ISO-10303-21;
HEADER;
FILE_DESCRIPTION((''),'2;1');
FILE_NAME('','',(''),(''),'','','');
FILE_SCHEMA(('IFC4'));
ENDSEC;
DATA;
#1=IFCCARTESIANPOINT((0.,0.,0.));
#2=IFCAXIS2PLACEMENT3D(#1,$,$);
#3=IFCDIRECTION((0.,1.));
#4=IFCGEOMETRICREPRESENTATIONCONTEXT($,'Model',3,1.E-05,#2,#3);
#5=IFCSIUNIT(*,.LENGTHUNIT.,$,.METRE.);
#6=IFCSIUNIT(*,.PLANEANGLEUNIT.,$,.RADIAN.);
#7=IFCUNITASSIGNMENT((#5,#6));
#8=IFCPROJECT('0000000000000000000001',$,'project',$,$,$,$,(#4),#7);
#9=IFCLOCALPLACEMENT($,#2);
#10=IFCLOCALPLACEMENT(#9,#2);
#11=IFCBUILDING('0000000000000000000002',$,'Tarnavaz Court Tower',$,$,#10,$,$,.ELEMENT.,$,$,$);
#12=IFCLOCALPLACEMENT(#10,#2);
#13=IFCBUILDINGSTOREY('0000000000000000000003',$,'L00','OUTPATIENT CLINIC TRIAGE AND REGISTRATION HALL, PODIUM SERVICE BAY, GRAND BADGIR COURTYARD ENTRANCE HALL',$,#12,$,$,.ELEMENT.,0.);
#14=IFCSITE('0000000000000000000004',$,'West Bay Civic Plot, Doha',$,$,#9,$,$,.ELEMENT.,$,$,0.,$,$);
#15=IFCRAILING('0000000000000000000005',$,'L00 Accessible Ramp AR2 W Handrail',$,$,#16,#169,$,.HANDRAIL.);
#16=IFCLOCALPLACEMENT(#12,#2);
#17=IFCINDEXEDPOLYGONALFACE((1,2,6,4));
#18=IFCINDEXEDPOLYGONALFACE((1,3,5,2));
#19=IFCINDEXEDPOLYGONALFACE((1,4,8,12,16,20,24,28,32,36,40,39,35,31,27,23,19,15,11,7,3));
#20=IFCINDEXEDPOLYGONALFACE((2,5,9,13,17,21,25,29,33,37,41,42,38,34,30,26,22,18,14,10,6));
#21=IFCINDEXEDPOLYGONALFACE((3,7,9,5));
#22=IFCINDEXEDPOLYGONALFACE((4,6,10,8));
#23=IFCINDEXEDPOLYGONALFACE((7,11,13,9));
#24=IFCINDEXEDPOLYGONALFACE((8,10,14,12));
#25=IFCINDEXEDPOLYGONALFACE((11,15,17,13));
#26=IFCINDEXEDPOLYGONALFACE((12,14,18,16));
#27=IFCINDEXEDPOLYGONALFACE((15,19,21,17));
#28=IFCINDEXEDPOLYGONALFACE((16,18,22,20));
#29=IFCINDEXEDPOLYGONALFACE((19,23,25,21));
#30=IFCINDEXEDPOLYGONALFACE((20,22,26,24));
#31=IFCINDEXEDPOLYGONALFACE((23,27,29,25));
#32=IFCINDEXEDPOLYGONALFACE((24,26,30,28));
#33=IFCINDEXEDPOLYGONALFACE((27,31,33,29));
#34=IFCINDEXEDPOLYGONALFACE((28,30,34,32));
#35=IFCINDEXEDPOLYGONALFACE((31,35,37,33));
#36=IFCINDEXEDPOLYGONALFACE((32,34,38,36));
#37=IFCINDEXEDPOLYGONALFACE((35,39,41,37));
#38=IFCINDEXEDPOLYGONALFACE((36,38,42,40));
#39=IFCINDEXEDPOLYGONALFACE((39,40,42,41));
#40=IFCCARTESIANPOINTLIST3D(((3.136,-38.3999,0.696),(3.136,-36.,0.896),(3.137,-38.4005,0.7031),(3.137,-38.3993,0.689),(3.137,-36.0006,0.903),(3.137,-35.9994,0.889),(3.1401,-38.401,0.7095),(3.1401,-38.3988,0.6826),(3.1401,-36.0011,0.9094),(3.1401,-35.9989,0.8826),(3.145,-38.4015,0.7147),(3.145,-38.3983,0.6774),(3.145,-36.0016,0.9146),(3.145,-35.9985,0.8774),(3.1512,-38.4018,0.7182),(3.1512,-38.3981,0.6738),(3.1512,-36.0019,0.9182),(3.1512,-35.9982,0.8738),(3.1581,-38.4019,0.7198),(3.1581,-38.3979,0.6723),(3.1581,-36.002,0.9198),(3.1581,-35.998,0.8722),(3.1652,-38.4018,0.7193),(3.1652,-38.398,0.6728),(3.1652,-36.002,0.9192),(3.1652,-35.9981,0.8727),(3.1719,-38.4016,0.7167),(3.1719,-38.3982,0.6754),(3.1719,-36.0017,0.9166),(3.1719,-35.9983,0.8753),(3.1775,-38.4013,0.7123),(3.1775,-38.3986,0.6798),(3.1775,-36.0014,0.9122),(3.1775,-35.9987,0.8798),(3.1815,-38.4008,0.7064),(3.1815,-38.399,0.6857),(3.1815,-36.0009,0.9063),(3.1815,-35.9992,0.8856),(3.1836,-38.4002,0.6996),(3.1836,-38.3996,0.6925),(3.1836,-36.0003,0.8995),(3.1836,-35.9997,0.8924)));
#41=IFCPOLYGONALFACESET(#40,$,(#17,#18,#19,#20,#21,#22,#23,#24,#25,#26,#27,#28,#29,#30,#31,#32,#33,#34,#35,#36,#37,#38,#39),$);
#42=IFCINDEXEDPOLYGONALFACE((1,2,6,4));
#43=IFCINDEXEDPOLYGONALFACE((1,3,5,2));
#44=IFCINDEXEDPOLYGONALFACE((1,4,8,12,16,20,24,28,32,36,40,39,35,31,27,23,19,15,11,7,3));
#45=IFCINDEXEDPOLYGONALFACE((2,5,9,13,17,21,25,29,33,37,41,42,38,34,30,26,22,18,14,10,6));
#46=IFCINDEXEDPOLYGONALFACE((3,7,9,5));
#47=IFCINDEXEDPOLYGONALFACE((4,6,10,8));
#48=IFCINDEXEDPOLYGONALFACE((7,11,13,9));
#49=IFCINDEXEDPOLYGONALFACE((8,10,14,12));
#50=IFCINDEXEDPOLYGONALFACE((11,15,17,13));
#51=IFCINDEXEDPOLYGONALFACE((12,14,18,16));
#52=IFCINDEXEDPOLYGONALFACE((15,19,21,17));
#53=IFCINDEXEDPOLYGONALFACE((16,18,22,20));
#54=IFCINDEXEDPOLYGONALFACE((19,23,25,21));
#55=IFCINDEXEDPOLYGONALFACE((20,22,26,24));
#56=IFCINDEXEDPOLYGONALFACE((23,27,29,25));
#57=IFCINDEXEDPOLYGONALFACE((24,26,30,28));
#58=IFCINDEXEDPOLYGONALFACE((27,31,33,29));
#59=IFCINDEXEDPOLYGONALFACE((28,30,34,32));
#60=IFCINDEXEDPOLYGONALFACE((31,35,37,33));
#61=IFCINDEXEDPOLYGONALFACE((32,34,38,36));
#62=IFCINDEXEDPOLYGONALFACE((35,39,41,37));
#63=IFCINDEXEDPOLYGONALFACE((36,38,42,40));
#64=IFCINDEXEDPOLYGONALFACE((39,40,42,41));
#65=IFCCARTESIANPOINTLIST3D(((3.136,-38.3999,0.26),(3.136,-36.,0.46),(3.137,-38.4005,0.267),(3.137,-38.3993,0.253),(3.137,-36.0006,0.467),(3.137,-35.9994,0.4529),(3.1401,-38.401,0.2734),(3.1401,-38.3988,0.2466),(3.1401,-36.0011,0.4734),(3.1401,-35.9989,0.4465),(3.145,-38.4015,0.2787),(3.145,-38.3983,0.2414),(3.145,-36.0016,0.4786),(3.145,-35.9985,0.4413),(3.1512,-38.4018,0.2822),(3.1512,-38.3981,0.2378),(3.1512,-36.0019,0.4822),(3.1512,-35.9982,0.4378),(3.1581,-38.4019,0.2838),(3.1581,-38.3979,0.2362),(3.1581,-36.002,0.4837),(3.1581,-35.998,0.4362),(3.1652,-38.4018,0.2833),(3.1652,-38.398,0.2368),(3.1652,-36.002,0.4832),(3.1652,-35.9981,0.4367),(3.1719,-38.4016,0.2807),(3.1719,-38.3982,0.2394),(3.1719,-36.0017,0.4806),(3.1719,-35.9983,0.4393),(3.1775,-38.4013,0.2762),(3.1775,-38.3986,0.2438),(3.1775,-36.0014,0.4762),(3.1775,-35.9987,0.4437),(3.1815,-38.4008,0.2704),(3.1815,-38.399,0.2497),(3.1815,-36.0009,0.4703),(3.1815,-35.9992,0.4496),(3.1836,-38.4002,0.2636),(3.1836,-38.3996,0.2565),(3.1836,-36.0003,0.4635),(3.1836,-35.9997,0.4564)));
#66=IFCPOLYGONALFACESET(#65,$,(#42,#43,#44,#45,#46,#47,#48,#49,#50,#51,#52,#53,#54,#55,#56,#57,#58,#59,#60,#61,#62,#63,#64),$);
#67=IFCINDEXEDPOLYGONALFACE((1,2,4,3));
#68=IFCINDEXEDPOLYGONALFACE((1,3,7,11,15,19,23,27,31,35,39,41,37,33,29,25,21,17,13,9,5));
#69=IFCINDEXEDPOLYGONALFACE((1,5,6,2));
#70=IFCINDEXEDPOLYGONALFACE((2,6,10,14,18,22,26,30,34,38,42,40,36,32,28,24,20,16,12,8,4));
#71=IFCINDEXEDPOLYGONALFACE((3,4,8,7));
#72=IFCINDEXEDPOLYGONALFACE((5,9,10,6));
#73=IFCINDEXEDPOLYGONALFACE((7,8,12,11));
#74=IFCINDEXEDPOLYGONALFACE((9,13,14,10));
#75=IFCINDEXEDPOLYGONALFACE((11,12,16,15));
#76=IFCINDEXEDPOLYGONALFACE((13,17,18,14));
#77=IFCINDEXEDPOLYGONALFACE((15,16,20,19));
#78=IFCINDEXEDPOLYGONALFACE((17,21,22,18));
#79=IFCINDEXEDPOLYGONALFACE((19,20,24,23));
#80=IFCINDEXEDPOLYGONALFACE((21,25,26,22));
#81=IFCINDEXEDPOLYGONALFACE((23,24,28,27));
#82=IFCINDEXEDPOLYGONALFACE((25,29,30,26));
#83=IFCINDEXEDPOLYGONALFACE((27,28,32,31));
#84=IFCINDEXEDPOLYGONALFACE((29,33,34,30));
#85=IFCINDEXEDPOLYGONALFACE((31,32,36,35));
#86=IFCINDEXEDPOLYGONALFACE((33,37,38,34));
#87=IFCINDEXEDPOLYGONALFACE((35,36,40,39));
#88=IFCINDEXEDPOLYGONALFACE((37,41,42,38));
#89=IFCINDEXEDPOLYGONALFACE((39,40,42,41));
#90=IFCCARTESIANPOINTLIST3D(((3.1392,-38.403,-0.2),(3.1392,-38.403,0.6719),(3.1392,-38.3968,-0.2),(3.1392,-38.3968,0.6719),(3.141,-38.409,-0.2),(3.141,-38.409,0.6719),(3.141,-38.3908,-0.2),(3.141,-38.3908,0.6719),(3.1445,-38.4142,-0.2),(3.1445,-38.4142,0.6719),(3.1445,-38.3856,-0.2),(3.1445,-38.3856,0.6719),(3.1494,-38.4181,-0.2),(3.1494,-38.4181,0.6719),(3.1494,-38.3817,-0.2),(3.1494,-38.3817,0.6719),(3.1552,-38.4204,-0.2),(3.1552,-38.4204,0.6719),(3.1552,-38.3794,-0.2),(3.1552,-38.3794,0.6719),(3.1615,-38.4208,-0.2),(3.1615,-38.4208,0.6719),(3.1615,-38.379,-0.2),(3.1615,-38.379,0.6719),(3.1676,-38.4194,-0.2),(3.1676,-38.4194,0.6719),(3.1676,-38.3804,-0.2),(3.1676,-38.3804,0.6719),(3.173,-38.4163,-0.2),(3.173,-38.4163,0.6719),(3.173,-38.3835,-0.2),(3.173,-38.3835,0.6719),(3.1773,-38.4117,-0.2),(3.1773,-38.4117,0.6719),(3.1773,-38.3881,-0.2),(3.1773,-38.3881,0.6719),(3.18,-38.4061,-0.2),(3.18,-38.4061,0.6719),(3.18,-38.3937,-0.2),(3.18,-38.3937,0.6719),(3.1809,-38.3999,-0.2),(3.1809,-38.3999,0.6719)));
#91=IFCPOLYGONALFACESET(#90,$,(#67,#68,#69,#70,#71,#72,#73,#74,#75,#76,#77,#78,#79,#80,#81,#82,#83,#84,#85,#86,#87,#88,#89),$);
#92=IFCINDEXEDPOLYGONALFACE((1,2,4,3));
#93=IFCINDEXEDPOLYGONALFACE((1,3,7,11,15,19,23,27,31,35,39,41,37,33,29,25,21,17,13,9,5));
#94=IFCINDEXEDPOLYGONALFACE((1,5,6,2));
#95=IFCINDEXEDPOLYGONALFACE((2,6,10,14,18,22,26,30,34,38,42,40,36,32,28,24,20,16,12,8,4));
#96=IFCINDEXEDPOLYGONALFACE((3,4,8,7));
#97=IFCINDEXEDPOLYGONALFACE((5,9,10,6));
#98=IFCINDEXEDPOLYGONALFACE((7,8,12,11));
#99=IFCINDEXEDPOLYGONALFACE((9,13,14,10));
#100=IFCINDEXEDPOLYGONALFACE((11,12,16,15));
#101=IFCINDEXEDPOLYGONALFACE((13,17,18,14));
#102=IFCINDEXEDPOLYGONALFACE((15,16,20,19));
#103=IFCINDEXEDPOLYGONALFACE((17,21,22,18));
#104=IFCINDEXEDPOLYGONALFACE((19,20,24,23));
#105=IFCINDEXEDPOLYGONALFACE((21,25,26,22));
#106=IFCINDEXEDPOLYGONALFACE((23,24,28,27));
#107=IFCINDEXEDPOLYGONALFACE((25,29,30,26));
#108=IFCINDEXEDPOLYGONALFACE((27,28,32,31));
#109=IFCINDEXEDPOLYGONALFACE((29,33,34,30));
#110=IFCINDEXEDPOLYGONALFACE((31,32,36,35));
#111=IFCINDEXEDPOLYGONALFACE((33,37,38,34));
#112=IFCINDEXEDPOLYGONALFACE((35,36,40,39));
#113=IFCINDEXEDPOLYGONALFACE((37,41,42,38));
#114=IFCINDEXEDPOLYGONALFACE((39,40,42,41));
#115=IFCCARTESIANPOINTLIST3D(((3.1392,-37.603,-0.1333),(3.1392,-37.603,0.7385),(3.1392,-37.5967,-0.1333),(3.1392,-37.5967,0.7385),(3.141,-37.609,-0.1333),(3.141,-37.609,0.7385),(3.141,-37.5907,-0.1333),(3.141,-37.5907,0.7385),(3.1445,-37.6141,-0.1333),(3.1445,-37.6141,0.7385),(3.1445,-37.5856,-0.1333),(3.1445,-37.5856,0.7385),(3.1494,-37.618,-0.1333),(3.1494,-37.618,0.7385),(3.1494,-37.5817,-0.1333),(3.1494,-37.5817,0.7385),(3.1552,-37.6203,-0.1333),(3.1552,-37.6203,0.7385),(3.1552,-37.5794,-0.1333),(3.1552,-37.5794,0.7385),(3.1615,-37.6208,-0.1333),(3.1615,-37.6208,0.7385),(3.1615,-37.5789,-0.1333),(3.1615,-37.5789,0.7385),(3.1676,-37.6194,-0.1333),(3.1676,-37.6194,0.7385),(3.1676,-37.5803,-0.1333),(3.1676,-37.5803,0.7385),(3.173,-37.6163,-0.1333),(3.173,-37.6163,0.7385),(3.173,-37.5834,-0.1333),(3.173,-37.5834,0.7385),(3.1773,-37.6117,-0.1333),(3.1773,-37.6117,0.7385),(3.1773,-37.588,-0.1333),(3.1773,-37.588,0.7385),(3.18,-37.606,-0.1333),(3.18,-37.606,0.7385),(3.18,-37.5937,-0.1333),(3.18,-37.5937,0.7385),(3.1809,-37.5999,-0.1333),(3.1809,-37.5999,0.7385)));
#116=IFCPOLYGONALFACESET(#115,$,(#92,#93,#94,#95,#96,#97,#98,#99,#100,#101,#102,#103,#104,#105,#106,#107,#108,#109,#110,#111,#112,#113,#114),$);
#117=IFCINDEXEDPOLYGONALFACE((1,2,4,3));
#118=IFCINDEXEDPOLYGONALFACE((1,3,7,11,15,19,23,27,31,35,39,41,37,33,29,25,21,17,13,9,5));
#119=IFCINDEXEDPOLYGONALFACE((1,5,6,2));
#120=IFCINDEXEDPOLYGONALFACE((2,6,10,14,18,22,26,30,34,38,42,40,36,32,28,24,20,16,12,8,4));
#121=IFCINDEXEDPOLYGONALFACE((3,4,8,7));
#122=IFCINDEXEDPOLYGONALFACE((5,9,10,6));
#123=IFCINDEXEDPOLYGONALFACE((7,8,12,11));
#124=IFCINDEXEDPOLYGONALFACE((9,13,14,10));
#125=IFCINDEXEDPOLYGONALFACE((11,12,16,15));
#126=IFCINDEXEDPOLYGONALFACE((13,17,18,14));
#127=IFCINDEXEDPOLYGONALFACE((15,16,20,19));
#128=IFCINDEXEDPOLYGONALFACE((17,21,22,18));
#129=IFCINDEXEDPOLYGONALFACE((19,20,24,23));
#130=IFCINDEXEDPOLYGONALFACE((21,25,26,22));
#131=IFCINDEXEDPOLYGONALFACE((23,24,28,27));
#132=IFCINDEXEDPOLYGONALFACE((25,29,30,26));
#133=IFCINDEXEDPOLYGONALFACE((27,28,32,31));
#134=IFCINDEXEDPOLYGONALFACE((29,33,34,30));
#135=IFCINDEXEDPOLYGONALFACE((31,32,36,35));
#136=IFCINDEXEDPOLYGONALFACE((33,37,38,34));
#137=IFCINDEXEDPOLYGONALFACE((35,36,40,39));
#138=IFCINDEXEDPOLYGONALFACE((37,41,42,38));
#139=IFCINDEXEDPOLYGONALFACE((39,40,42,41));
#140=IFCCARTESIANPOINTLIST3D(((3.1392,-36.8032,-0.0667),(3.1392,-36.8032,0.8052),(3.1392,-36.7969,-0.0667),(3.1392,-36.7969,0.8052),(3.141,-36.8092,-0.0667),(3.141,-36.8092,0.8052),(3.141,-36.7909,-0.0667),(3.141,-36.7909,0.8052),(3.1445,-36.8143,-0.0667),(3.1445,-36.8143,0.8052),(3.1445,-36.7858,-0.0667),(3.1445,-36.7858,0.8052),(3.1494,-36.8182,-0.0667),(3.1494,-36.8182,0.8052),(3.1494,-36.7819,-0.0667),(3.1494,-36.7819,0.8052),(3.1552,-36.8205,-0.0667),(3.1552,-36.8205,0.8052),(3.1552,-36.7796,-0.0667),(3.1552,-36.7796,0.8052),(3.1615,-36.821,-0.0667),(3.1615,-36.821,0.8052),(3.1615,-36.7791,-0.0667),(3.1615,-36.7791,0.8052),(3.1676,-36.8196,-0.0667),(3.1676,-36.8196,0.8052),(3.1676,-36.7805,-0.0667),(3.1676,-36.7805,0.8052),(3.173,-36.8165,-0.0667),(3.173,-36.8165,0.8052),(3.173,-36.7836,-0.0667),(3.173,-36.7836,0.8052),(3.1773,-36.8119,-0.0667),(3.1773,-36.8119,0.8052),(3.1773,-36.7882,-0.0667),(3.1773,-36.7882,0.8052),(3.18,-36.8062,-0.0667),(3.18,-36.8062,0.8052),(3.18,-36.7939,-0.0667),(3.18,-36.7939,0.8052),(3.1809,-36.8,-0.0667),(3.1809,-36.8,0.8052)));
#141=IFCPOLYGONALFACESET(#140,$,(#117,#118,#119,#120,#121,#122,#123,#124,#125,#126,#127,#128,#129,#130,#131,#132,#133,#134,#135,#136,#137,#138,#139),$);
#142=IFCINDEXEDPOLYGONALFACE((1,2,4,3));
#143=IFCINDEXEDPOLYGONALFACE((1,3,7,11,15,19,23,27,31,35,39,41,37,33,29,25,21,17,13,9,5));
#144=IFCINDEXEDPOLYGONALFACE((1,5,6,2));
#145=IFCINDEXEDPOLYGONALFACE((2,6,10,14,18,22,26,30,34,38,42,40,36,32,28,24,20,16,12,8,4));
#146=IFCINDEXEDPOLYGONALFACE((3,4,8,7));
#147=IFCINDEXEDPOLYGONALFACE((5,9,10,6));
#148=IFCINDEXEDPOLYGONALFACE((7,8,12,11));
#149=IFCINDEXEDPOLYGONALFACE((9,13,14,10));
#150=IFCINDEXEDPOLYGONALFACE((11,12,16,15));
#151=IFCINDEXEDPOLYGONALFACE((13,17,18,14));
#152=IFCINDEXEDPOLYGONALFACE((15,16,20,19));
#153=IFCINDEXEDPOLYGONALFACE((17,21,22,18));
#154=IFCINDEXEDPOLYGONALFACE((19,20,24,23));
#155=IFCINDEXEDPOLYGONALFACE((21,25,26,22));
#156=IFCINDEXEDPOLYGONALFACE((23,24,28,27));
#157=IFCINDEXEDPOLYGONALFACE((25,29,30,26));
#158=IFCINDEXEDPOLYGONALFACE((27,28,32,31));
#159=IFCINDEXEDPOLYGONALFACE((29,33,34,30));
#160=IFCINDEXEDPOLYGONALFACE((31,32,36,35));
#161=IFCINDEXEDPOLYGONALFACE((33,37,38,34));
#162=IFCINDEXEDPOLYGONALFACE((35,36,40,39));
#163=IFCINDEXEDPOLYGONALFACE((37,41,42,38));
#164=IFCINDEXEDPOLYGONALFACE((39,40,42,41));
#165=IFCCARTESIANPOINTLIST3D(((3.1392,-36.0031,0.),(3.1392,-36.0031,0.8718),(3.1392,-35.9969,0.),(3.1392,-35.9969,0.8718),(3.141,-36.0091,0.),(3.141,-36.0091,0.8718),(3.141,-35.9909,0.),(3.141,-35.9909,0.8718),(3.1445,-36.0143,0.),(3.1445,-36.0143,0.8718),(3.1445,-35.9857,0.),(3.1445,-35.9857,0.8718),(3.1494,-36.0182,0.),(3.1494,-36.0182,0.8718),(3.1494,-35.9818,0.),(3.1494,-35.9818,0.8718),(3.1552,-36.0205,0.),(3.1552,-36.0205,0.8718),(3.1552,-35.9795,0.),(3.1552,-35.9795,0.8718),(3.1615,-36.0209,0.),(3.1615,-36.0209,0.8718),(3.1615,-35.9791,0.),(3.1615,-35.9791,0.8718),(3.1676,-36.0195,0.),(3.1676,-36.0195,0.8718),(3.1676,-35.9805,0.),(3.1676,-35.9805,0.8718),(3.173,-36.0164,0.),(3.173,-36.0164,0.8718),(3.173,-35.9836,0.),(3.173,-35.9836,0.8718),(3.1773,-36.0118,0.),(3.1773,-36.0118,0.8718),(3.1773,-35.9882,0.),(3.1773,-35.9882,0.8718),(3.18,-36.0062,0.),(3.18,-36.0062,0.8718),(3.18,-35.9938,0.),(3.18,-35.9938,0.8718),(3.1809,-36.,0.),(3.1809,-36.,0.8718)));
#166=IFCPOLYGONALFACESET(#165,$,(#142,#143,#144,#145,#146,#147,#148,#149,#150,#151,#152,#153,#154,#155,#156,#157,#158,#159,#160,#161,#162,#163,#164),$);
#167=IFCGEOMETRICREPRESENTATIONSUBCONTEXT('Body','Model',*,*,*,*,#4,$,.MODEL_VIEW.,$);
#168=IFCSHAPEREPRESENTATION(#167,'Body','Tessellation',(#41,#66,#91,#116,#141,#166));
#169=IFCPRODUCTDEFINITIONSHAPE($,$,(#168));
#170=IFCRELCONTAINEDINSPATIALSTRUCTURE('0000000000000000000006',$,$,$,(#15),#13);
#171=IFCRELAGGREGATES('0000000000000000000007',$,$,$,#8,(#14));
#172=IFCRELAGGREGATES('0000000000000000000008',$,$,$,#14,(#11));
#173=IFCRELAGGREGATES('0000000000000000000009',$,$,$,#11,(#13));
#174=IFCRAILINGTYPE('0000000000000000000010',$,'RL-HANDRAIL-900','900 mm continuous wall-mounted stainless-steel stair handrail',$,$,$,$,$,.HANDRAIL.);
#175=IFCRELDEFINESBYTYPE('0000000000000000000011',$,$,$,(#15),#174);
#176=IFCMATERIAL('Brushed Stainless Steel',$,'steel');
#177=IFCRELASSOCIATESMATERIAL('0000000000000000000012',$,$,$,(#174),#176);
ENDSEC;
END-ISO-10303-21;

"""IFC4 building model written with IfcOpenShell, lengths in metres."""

from ifc_helpers import new_model, si_unit, direction, frame, origin, origin_2d, place, context, subcontext, project, spatial, circle, extrude, material, type_object, element, save


model = new_model("IFC4")

# Units and contexts
model_context = context("Model", 3, precision=1e-05, world=origin(), true_north=direction((0.0, 1.0)))
body_context = subcontext(model_context, "Body", "Model", "MODEL_VIEW")
ifc_project = project(units=[si_unit("LENGTHUNIT", "METRE"), si_unit("PLANEANGLEUNIT", "RADIAN")], contexts=[model_context])

# Site, building, storey
site_placement = place(None, origin())
site = spatial("IfcSite", under=ifc_project, at=site_placement, Name="West Bay Civic Plot, Doha", CompositionType="ELEMENT", RefElevation=0.0)
building_placement = place(site_placement, origin())
building = spatial("IfcBuilding", under=site, at=building_placement, Name="Tarnavaz Court Tower", CompositionType="ELEMENT")
storey_placement = place(building_placement, origin())
storey = spatial("IfcBuildingStorey", under=building, at=storey_placement, Name="L00", Description="OUTPATIENT CLINIC TRIAGE AND REGISTRATION HALL, PODIUM SERVICE BAY, GRAND BADGIR COURTYARD ENTRANCE HALL", CompositionType="ELEMENT", Elevation=0.0)

# Railing
ifc_material_1 = material(Name="Brushed Stainless Steel", Category="steel")
railing_type = type_object("IfcRailingType", Name="RL-HANDRAIL-900", Description="900 mm continuous wall-mounted stainless-steel stair handrail", PredefinedType="HANDRAIL", material=ifc_material_1)
for number, where, name in (
    (1, (3.1599, -38.3999, -0.2), "L00 Accessible Ramp AR2 W Handrail"),
):
    element("IfcRailing", number, at=place(storey_placement, frame(where)), inside=storey, type_object=railing_type, Name=name, PredefinedType="HANDRAIL", context=body_context, shape_type="SweptSolid", body=[
        extrude(circle(Radius=0.0239, at=origin_2d()), frame((0.0, 0.0, 0.896), z_axis=(0.0, 0.996547, 0.083029), x_axis=(-1.0, 0.0, 0.0)), (0.0, 0.0, 1.0), 2.4082),
        extrude(circle(Radius=0.0239, at=origin_2d()), frame((0.0, 0.0, 0.46), z_axis=(0.0, 0.996547, 0.083029), x_axis=(-1.0, 0.0, 0.0)), (0.0, 0.0, 1.0), 2.4082),
        extrude(circle(Radius=0.021, at=origin_2d()), origin(), (0.0, 0.0, 1.0), 0.8718),
        extrude(circle(Radius=0.021, at=origin_2d()), frame((0.0, 0.8, 0.0667)), (0.0, 0.0, 1.0), 0.8718),
        extrude(circle(Radius=0.021, at=origin_2d()), frame((0.0, 1.5999, 0.1333)), (0.0, 0.0, 1.0), 0.8718),
        extrude(circle(Radius=0.021, at=origin_2d()), frame((0.0, 2.3999, 0.2)), (0.0, 0.0, 1.0), 0.8718),
    ])

save(model, "model.ifc")
